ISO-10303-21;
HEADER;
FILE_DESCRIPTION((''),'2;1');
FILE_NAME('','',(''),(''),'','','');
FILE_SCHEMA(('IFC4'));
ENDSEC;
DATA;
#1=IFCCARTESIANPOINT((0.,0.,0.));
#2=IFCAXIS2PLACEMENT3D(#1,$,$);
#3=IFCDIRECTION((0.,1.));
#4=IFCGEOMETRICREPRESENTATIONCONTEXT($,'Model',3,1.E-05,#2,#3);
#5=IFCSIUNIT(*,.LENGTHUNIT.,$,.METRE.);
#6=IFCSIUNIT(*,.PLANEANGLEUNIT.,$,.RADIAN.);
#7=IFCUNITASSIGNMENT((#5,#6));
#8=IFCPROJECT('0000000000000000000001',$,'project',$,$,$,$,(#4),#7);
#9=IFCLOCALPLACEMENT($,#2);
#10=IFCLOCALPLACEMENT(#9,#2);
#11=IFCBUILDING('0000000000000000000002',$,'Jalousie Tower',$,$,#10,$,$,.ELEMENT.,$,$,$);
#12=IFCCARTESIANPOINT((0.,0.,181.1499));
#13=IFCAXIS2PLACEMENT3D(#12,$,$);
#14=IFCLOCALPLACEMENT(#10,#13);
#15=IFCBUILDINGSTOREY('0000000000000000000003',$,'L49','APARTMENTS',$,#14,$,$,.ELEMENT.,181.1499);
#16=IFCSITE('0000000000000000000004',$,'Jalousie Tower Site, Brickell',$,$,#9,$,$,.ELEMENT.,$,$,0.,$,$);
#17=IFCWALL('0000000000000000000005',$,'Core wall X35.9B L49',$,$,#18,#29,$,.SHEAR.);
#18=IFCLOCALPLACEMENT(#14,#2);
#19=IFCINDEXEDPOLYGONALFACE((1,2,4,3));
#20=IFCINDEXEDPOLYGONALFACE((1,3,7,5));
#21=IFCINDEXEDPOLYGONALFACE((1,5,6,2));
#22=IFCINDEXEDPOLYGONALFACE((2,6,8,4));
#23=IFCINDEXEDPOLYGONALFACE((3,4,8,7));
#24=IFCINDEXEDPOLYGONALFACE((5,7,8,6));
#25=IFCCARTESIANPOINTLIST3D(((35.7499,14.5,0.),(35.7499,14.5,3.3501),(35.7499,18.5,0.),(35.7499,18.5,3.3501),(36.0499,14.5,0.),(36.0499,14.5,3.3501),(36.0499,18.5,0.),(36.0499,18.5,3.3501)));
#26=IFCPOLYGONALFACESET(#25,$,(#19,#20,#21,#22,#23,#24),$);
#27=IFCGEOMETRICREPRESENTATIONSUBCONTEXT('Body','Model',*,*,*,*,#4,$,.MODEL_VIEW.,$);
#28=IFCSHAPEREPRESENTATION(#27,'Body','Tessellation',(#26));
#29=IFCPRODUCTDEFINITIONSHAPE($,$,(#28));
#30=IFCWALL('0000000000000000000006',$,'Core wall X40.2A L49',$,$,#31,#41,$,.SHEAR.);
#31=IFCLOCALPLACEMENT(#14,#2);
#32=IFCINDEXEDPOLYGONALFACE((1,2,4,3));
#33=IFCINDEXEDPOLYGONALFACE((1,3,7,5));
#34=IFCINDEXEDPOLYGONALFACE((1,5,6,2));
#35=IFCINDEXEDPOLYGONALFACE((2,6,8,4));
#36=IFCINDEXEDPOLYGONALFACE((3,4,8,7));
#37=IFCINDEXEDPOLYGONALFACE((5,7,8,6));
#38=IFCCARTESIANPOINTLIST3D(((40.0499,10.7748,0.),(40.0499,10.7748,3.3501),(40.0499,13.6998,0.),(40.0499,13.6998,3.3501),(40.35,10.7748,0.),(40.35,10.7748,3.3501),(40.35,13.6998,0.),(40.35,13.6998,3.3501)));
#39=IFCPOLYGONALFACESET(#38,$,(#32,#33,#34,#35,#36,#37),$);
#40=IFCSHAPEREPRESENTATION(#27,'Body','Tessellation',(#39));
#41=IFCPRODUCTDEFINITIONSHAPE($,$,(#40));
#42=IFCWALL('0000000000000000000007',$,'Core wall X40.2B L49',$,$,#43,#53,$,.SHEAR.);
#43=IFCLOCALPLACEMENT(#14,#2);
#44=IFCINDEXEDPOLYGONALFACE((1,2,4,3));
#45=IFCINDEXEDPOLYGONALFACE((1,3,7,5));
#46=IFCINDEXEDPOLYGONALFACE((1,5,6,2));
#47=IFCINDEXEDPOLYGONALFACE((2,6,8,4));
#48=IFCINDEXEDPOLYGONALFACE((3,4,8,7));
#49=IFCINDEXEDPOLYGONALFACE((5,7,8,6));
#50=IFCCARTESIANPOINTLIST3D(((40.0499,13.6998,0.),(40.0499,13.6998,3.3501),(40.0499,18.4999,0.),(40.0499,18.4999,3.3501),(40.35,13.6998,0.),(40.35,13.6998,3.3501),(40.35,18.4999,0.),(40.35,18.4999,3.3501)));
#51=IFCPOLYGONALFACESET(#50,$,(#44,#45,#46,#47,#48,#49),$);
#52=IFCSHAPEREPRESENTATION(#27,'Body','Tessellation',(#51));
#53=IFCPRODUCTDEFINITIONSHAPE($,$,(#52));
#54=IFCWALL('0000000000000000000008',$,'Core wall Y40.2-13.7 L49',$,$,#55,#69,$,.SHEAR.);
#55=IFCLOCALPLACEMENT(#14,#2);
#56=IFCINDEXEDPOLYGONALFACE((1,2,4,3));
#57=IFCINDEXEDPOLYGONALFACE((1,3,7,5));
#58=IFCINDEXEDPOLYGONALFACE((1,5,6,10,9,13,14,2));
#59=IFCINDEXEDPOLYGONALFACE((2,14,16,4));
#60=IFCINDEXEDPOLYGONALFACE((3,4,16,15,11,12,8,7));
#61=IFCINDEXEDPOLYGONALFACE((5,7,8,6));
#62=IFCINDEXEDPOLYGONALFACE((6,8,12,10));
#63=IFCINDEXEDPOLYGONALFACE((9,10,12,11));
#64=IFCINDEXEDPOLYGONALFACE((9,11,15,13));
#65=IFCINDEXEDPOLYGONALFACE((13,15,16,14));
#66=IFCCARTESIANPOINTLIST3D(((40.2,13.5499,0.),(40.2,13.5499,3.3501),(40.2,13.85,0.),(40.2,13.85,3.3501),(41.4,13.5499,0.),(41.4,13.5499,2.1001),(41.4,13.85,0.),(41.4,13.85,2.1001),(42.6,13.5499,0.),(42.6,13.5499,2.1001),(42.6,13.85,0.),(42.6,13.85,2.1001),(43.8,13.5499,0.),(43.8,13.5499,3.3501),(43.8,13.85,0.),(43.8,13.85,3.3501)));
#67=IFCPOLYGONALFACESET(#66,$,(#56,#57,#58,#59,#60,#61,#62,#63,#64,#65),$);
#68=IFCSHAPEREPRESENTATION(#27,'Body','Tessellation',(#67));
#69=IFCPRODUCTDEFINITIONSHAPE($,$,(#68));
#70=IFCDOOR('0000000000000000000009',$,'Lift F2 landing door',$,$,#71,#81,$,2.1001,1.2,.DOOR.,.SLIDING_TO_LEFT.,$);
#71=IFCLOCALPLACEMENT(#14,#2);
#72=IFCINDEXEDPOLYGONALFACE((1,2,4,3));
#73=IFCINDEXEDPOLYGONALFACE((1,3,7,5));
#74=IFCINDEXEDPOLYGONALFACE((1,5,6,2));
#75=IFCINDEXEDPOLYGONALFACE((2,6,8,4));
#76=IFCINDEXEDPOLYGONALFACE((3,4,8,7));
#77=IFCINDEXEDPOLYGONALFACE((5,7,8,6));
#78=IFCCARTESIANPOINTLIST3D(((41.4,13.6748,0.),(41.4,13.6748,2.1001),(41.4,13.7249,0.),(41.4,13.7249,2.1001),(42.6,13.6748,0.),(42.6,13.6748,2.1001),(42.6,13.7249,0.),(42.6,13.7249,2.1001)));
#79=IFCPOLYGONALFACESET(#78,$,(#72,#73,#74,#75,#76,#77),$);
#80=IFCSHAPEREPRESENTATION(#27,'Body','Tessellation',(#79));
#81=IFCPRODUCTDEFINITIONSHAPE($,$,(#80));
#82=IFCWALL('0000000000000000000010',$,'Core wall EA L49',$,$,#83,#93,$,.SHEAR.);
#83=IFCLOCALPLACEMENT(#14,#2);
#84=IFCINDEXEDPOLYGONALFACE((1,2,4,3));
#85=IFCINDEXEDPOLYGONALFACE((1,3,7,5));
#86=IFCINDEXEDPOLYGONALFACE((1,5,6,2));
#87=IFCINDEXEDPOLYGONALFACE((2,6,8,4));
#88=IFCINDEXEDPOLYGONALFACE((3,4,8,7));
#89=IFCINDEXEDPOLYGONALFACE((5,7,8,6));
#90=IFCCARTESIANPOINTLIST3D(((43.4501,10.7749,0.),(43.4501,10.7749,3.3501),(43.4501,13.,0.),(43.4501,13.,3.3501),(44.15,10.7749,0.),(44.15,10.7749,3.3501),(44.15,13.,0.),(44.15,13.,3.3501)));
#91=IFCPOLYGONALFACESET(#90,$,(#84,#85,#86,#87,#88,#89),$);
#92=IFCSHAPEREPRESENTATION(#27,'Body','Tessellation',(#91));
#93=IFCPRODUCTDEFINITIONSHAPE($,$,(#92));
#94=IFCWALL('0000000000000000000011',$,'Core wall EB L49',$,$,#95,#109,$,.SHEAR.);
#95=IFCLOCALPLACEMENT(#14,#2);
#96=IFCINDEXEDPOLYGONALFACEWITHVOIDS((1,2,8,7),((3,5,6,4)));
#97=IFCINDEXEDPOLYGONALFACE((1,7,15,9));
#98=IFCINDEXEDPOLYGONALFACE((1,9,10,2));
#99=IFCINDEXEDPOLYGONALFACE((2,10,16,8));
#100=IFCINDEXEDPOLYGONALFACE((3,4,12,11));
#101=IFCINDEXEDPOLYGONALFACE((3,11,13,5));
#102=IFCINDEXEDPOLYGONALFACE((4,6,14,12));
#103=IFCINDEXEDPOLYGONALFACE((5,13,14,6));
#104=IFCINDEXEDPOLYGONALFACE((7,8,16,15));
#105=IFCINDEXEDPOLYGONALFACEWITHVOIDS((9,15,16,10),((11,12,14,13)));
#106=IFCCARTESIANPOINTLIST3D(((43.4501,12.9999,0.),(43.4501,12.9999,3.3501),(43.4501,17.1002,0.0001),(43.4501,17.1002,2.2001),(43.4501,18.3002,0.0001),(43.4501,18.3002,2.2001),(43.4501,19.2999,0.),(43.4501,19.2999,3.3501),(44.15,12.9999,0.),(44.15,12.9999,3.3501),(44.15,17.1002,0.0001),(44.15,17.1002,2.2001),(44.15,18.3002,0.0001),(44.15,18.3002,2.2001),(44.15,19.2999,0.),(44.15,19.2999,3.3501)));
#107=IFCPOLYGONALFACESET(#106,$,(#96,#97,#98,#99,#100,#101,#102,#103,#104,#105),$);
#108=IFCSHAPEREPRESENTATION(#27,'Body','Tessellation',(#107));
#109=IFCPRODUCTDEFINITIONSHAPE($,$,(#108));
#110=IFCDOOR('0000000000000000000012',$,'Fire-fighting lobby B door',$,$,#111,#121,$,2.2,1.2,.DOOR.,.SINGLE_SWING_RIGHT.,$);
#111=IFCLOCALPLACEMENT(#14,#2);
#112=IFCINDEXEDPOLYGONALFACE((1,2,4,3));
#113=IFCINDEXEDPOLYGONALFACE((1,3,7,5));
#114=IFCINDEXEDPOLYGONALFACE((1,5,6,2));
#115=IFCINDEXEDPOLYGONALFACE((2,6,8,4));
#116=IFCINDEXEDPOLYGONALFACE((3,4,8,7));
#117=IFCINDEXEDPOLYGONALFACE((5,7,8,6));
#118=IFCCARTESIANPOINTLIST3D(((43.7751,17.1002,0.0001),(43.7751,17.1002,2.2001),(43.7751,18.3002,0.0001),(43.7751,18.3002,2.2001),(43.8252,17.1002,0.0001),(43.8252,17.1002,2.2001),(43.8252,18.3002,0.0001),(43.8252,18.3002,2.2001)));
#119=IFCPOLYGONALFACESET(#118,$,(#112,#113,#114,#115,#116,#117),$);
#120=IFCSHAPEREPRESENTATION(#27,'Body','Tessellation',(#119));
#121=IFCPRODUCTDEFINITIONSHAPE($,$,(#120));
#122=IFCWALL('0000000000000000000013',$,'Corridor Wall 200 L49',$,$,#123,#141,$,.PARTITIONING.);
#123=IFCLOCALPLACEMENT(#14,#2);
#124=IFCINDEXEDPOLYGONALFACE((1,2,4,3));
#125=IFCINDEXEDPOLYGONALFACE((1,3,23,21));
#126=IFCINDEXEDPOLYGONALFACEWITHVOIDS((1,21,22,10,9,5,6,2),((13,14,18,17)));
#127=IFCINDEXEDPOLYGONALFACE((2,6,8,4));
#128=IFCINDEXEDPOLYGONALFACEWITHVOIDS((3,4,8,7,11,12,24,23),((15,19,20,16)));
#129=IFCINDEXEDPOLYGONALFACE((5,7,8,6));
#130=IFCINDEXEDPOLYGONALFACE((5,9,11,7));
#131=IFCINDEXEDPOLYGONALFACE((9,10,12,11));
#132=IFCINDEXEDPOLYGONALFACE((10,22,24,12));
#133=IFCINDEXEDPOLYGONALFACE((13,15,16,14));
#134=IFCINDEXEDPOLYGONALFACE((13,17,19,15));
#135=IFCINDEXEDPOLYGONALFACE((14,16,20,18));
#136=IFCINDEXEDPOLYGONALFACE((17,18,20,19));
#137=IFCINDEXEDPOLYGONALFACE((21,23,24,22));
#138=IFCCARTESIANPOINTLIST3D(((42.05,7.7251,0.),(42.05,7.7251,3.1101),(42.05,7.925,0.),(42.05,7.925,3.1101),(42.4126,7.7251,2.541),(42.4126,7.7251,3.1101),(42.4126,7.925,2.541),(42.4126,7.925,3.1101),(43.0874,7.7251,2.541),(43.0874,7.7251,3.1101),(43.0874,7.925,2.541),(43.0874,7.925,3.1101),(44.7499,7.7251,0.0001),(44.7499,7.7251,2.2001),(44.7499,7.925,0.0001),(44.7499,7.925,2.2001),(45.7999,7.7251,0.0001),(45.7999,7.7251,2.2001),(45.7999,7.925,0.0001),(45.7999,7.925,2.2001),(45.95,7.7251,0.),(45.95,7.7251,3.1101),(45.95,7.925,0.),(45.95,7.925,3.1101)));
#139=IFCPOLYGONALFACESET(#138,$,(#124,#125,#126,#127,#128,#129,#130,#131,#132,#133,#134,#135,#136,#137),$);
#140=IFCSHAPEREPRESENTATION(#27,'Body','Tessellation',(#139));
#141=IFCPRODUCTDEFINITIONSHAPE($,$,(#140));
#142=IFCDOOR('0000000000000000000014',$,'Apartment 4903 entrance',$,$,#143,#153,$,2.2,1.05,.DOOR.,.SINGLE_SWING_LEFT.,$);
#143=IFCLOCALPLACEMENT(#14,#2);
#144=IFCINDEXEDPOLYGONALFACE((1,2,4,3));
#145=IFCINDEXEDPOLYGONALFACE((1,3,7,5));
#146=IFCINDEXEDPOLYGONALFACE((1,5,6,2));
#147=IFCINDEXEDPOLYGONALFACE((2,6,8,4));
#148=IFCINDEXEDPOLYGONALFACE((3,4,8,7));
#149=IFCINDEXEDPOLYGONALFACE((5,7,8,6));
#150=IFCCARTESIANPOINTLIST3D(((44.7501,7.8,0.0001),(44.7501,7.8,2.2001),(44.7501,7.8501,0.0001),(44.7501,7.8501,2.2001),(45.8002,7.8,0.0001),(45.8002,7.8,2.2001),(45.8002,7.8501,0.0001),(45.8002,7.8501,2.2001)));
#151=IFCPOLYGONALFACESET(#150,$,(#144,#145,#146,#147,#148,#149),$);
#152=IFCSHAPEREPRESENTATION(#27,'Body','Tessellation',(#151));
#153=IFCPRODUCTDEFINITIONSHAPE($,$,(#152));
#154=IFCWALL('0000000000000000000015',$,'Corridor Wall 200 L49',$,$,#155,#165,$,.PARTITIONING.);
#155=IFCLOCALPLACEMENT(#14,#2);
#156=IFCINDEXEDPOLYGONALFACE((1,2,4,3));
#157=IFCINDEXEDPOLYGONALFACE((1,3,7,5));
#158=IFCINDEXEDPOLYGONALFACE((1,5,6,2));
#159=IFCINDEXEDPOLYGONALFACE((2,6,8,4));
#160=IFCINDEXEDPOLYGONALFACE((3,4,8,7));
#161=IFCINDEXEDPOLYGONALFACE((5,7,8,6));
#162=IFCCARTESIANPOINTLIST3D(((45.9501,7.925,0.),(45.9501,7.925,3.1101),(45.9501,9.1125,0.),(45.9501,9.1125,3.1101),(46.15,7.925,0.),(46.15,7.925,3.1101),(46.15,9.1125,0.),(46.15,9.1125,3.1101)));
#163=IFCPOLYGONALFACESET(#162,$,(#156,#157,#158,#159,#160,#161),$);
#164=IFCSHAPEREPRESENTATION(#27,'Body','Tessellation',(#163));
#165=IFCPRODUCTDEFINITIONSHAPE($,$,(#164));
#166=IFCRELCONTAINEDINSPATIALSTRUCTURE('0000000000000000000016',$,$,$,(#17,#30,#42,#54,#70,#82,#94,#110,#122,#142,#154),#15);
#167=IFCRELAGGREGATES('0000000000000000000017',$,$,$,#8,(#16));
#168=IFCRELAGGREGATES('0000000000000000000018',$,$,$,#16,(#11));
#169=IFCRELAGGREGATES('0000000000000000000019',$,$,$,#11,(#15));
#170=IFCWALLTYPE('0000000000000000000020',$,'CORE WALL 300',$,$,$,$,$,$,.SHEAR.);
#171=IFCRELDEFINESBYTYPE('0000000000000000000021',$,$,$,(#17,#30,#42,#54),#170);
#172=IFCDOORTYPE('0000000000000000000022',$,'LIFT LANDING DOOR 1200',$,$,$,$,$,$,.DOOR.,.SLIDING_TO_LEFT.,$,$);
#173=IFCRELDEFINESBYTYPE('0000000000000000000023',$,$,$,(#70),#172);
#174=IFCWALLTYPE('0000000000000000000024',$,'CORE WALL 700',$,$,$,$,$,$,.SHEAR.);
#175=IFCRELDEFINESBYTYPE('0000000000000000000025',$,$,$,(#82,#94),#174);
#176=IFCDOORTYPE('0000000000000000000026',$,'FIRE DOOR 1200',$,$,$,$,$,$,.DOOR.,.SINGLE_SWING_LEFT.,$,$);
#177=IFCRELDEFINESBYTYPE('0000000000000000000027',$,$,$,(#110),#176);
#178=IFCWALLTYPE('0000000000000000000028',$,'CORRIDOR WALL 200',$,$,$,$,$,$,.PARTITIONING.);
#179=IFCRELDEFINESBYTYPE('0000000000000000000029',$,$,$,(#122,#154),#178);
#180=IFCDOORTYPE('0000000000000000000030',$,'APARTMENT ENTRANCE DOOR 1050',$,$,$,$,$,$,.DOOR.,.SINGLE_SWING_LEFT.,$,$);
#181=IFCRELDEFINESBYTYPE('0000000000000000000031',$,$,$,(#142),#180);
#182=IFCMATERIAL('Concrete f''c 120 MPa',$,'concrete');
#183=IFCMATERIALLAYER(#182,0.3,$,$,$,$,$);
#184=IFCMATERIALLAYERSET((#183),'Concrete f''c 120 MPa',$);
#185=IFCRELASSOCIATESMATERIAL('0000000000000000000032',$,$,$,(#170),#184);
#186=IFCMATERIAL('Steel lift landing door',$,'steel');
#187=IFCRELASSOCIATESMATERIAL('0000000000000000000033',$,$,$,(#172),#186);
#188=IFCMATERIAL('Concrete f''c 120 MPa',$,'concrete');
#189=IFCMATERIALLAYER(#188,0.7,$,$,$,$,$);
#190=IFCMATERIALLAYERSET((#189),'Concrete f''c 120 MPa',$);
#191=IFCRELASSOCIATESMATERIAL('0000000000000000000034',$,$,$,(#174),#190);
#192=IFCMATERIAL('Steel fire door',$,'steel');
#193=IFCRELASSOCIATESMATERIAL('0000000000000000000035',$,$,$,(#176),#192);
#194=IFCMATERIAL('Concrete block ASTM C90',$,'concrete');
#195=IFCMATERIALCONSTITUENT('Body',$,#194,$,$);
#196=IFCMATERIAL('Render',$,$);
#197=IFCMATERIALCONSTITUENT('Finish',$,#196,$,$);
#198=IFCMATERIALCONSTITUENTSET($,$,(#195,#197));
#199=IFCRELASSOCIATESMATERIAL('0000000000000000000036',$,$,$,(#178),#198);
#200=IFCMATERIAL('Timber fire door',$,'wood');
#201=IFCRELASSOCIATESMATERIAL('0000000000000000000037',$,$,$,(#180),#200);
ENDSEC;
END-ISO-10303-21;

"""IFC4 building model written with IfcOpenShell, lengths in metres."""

from ifc_helpers import new_model, si_unit, direction, frame, frame_2d, origin, place, context, subcontext, project, spatial, polyline, rectangle, outline, extrude, material, layer, layer_set, constituent, constituent_set, type_object, element, fill, save


model = new_model("IFC4")

# Units and contexts
model_context = context("Model", 3, precision=1e-05, world=origin(), true_north=direction((0.0, 1.0)))
body_context = subcontext(model_context, "Body", "Model", "MODEL_VIEW")
ifc_project = project(units=[si_unit("LENGTHUNIT", "METRE"), si_unit("PLANEANGLEUNIT", "RADIAN")], contexts=[model_context])

# Site, building, storey
site_placement = place(None, origin())
site = spatial("IfcSite", under=ifc_project, at=site_placement, Name="Jalousie Tower Site, Brickell", CompositionType="ELEMENT", RefElevation=0.0)
building_placement = place(site_placement, origin())
building = spatial("IfcBuilding", under=site, at=building_placement, Name="Jalousie Tower", CompositionType="ELEMENT")
storey_placement = place(building_placement, frame((0.0, 0.0, 181.1499)))
storey = spatial("IfcBuildingStorey", under=building, at=storey_placement, Name="L49", Description="APARTMENTS", CompositionType="ELEMENT", Elevation=181.1499)

# Walls
ifc_material_1 = material(Name="Concrete f'c 120 MPa", Category="concrete")
ifc_layer_1 = layer(ifc_material_1, 0.3)
ifc_layer_set_1 = layer_set([ifc_layer_1], Name="Concrete f'c 120 MPa")
wall_type_1 = type_object("IfcWallType", Name="CORE WALL 300", PredefinedType="SHEAR", material=ifc_layer_set_1)
wall_1_placement = place(storey_placement, frame((35.8999, 14.5, 0.0), z_axis=(0.0, 0.0, 1.0), x_axis=(0.0, 1.0, 0.0)))
element("IfcWall", 1, at=wall_1_placement, inside=storey, type_object=wall_type_1, Name="Core wall X35.9B L49", PredefinedType="SHEAR", context=body_context, shape_type="SweptSolid", body=[
    extrude(rectangle(XDim=4.0, YDim=0.3, at=frame_2d((2.0, 0.0))), origin(), (0.0, 0.0, 1.0), 3.3501),
])
wall_2_placement = place(storey_placement, frame((40.2, 10.7749, 0.0), z_axis=(0.0, 0.0, 1.0), x_axis=(0.0, 1.0, 0.0)))
element("IfcWall", 2, at=wall_2_placement, inside=storey, type_object=wall_type_1, Name="Core wall X40.2A L49", PredefinedType="SHEAR", context=body_context, shape_type="SweptSolid", body=[
    extrude(rectangle(XDim=2.925, YDim=0.3, at=frame_2d((1.4624, 0.0))), origin(), (0.0, 0.0, 1.0), 3.3501),
])
wall_3_placement = place(storey_placement, frame((40.2, 13.7, 0.0), z_axis=(0.0, 0.0, 1.0), x_axis=(0.0, 1.0, 0.0)))
element("IfcWall", 3, at=wall_3_placement, inside=storey, type_object=wall_type_1, Name="Core wall X40.2B L49", PredefinedType="SHEAR", context=body_context, shape_type="SweptSolid", body=[
    extrude(rectangle(XDim=4.8, YDim=0.3, at=frame_2d((2.3999, 0.0))), origin(), (0.0, 0.0, 1.0), 3.3501),
])

# Wall, opening, door
wall_4_placement = place(storey_placement, frame((40.2, 13.7, 0.0), z_axis=(0.0, 0.0, 1.0), x_axis=(1.0, 0.0, 0.0)))
wall_4 = element("IfcWall", 4, at=wall_4_placement, inside=storey, type_object=wall_type_1, Name="Core wall Y40.2-13.7 L49", PredefinedType="SHEAR", context=body_context, shape_type="SweptSolid", body=[
    extrude(rectangle(XDim=3.6001, YDim=0.3, at=frame_2d((1.8, 0.0))), origin(), (0.0, 0.0, 1.0), 3.3501),
])
opening_1_placement = place(wall_4_placement, frame((1.2, 0.0, 0.0)))
opening_1 = element("IfcOpeningElement", 5, at=opening_1_placement, cuts=wall_4, PredefinedType="OPENING", context=body_context, shape_type="SweptSolid", body=[
    extrude(rectangle(XDim=1.2, YDim=2.1001, at=frame_2d((0.6001, 1.05))), frame((0.0, 0.1599, 0.0), z_axis=(0.0, -1.0, 0.0), x_axis=(1.0, 0.0, 0.0)), (0.0, 0.0, 1.0), 0.3201),
])
ifc_material_2 = material(Name="Steel lift landing door", Category="steel")
door_type_1 = type_object("IfcDoorType", Name="LIFT LANDING DOOR 1200", OperationType="SLIDING_TO_LEFT", PredefinedType="DOOR", material=ifc_material_2)
door_1_placement = place(opening_1_placement, origin())
door_1 = element("IfcDoor", 6, at=door_1_placement, inside=storey, type_object=door_type_1, Name="Lift F2 landing door", OperationType="SLIDING_TO_LEFT", OverallHeight=2.1001, OverallWidth=1.2, PredefinedType="DOOR", context=body_context, shape_type="SweptSolid", body=[
    extrude(rectangle(XDim=1.2, YDim=2.1001, at=frame_2d((0.6001, 1.05))), frame((0.0, 0.0249, 0.0), z_axis=(0.0, -1.0, 0.0), x_axis=(1.0, 0.0, 0.0)), (0.0, 0.0, 1.0), 0.05),
])
fill(opening_1, door_1)

# Wall
ifc_material_3 = material(Name="Concrete f'c 120 MPa", Category="concrete")
ifc_layer_2 = layer(ifc_material_3, 0.7)
ifc_layer_set_2 = layer_set([ifc_layer_2], Name="Concrete f'c 120 MPa")
wall_type_2 = type_object("IfcWallType", Name="CORE WALL 700", PredefinedType="SHEAR", material=ifc_layer_set_2)
wall_5_placement = place(storey_placement, frame((43.8, 10.7749, 0.0), z_axis=(0.0, 0.0, 1.0), x_axis=(0.0, 1.0, 0.0)))
element("IfcWall", 7, at=wall_5_placement, inside=storey, type_object=wall_type_2, Name="Core wall EA L49", PredefinedType="SHEAR", context=body_context, shape_type="SweptSolid", body=[
    extrude(rectangle(XDim=2.2251, YDim=0.7, at=frame_2d((1.1125, 0.0))), origin(), (0.0, 0.0, 1.0), 3.3501),
])

# Walls, openings, doors
wall_6_placement = place(storey_placement, frame((43.8, 13.0, 0.0), z_axis=(0.0, 0.0, 1.0), x_axis=(0.0, 1.0, 0.0)))
wall_6 = element("IfcWall", 8, at=wall_6_placement, inside=storey, type_object=wall_type_2, Name="Core wall EB L49", PredefinedType="SHEAR", context=body_context, shape_type="SweptSolid", body=[
    extrude(rectangle(XDim=6.3, YDim=0.7, at=frame_2d((3.1499, 0.0))), origin(), (0.0, 0.0, 1.0), 3.3501),
])
opening_2_placement = place(wall_6_placement, frame((4.1001, 0.0, 0.0)))
opening_2 = element("IfcOpeningElement", 9, at=opening_2_placement, cuts=wall_6, PredefinedType="OPENING", context=body_context, shape_type="SweptSolid", body=[
    extrude(rectangle(XDim=1.2, YDim=2.2, at=frame_2d((0.6001, 1.1001))), frame((0.0, 0.3599, 0.0), z_axis=(0.0, -1.0, 0.0), x_axis=(1.0, 0.0, 0.0)), (0.0, 0.0, 1.0), 0.72),
])
ifc_material_4 = material(Name="Steel fire door", Category="steel")
door_type_2 = type_object("IfcDoorType", Name="FIRE DOOR 1200", OperationType="SINGLE_SWING_LEFT", PredefinedType="DOOR", material=ifc_material_4)
door_2_placement = place(opening_2_placement, origin())
door_2 = element("IfcDoor", 10, at=door_2_placement, inside=storey, type_object=door_type_2, Name="Fire-fighting lobby B door", OperationType="SINGLE_SWING_RIGHT", OverallHeight=2.2, OverallWidth=1.2, PredefinedType="DOOR", context=body_context, shape_type="SweptSolid", body=[
    extrude(rectangle(XDim=1.2, YDim=2.2, at=frame_2d((0.6001, 1.1001))), frame((0.0, 0.0249, 0.0), z_axis=(0.0, -1.0, 0.0), x_axis=(1.0, 0.0, 0.0)), (0.0, 0.0, 1.0), 0.05),
])
fill(opening_2, door_2)
ifc_material_5 = material(Name="Concrete block ASTM C90", Category="concrete")
ifc_constituent_1 = constituent(ifc_material_5, Name="Body")
ifc_material_6 = material(Name="Render")
ifc_constituent_2 = constituent(ifc_material_6, Name="Finish")
ifc_constituent_set_1 = constituent_set(constituents=[ifc_constituent_1, ifc_constituent_2])
wall_type_3 = type_object("IfcWallType", Name="CORRIDOR WALL 200", PredefinedType="PARTITIONING", material=ifc_constituent_set_1)
wall_7_placement = place(storey_placement, frame((42.05, 7.825, 0.0), z_axis=(0.0, 0.0, 1.0), x_axis=(1.0, 0.0, 0.0)))
wall_7 = element("IfcWall", 11, at=wall_7_placement, inside=storey, type_object=wall_type_3, Name="Corridor Wall 200 L49", PredefinedType="PARTITIONING", context=body_context, shape_type="SweptSolid", body=[
    extrude(outline(polyline([(0.0, 0.0), (3.8999, 0.0), (3.8999, 3.1101), (1.0374, 3.1101), (1.0374, 2.541), (0.3625, 2.541), (0.3625, 3.1101), (0.0, 3.1101), (0.0, 0.0)])), frame((0.0, 0.1001, 0.0), z_axis=(0.0, -1.0, 0.0), x_axis=(1.0, 0.0, 0.0)), (0.0, 0.0, 1.0), 0.2),
])
opening_3_placement = place(wall_7_placement, frame((2.7, 0.0, 0.0)))
opening_3 = element("IfcOpeningElement", 12, at=opening_3_placement, cuts=wall_7, PredefinedType="OPENING", context=body_context, shape_type="SweptSolid", body=[
    extrude(rectangle(XDim=1.05, YDim=2.2, at=frame_2d((0.5249, 1.1001))), frame((0.0, 0.1099, 0.0), z_axis=(0.0, -1.0, 0.0), x_axis=(1.0, 0.0, 0.0)), (0.0, 0.0, 1.0), 0.22),
])
ifc_material_7 = material(Name="Timber fire door", Category="wood")
door_type_3 = type_object("IfcDoorType", Name="APARTMENT ENTRANCE DOOR 1050", OperationType="SINGLE_SWING_LEFT", PredefinedType="DOOR", material=ifc_material_7)
door_3_placement = place(opening_3_placement, frame((1.05, 0.0, 0.0), z_axis=(0.0, 0.0, 1.0), x_axis=(-1.0, 0.0, 0.0)))
door_3 = element("IfcDoor", 13, at=door_3_placement, inside=storey, type_object=door_type_3, Name="Apartment 4903 entrance", OperationType="SINGLE_SWING_LEFT", OverallHeight=2.2, OverallWidth=1.05, PredefinedType="DOOR", context=body_context, shape_type="SweptSolid", body=[
    extrude(rectangle(XDim=1.05, YDim=2.2, at=frame_2d((0.5249, 1.1001))), frame((0.0, 0.0249, 0.0), z_axis=(0.0, -1.0, 0.0), x_axis=(1.0, 0.0, 0.0)), (0.0, 0.0, 1.0), 0.05),
])
fill(opening_3, door_3)

# Wall
wall_8_placement = place(storey_placement, frame((46.05, 7.925, 0.0), z_axis=(0.0, 0.0, 1.0), x_axis=(0.0, 1.0, 0.0)))
element("IfcWall", 14, at=wall_8_placement, inside=storey, type_object=wall_type_3, Name="Corridor Wall 200 L49", PredefinedType="PARTITIONING", context=body_context, shape_type="SweptSolid", body=[
    extrude(rectangle(XDim=1.1875, YDim=0.2, at=frame_2d((0.5938, 0.0))), origin(), (0.0, 0.0, 1.0), 3.1101),
])

save(model, "model.ifc")
